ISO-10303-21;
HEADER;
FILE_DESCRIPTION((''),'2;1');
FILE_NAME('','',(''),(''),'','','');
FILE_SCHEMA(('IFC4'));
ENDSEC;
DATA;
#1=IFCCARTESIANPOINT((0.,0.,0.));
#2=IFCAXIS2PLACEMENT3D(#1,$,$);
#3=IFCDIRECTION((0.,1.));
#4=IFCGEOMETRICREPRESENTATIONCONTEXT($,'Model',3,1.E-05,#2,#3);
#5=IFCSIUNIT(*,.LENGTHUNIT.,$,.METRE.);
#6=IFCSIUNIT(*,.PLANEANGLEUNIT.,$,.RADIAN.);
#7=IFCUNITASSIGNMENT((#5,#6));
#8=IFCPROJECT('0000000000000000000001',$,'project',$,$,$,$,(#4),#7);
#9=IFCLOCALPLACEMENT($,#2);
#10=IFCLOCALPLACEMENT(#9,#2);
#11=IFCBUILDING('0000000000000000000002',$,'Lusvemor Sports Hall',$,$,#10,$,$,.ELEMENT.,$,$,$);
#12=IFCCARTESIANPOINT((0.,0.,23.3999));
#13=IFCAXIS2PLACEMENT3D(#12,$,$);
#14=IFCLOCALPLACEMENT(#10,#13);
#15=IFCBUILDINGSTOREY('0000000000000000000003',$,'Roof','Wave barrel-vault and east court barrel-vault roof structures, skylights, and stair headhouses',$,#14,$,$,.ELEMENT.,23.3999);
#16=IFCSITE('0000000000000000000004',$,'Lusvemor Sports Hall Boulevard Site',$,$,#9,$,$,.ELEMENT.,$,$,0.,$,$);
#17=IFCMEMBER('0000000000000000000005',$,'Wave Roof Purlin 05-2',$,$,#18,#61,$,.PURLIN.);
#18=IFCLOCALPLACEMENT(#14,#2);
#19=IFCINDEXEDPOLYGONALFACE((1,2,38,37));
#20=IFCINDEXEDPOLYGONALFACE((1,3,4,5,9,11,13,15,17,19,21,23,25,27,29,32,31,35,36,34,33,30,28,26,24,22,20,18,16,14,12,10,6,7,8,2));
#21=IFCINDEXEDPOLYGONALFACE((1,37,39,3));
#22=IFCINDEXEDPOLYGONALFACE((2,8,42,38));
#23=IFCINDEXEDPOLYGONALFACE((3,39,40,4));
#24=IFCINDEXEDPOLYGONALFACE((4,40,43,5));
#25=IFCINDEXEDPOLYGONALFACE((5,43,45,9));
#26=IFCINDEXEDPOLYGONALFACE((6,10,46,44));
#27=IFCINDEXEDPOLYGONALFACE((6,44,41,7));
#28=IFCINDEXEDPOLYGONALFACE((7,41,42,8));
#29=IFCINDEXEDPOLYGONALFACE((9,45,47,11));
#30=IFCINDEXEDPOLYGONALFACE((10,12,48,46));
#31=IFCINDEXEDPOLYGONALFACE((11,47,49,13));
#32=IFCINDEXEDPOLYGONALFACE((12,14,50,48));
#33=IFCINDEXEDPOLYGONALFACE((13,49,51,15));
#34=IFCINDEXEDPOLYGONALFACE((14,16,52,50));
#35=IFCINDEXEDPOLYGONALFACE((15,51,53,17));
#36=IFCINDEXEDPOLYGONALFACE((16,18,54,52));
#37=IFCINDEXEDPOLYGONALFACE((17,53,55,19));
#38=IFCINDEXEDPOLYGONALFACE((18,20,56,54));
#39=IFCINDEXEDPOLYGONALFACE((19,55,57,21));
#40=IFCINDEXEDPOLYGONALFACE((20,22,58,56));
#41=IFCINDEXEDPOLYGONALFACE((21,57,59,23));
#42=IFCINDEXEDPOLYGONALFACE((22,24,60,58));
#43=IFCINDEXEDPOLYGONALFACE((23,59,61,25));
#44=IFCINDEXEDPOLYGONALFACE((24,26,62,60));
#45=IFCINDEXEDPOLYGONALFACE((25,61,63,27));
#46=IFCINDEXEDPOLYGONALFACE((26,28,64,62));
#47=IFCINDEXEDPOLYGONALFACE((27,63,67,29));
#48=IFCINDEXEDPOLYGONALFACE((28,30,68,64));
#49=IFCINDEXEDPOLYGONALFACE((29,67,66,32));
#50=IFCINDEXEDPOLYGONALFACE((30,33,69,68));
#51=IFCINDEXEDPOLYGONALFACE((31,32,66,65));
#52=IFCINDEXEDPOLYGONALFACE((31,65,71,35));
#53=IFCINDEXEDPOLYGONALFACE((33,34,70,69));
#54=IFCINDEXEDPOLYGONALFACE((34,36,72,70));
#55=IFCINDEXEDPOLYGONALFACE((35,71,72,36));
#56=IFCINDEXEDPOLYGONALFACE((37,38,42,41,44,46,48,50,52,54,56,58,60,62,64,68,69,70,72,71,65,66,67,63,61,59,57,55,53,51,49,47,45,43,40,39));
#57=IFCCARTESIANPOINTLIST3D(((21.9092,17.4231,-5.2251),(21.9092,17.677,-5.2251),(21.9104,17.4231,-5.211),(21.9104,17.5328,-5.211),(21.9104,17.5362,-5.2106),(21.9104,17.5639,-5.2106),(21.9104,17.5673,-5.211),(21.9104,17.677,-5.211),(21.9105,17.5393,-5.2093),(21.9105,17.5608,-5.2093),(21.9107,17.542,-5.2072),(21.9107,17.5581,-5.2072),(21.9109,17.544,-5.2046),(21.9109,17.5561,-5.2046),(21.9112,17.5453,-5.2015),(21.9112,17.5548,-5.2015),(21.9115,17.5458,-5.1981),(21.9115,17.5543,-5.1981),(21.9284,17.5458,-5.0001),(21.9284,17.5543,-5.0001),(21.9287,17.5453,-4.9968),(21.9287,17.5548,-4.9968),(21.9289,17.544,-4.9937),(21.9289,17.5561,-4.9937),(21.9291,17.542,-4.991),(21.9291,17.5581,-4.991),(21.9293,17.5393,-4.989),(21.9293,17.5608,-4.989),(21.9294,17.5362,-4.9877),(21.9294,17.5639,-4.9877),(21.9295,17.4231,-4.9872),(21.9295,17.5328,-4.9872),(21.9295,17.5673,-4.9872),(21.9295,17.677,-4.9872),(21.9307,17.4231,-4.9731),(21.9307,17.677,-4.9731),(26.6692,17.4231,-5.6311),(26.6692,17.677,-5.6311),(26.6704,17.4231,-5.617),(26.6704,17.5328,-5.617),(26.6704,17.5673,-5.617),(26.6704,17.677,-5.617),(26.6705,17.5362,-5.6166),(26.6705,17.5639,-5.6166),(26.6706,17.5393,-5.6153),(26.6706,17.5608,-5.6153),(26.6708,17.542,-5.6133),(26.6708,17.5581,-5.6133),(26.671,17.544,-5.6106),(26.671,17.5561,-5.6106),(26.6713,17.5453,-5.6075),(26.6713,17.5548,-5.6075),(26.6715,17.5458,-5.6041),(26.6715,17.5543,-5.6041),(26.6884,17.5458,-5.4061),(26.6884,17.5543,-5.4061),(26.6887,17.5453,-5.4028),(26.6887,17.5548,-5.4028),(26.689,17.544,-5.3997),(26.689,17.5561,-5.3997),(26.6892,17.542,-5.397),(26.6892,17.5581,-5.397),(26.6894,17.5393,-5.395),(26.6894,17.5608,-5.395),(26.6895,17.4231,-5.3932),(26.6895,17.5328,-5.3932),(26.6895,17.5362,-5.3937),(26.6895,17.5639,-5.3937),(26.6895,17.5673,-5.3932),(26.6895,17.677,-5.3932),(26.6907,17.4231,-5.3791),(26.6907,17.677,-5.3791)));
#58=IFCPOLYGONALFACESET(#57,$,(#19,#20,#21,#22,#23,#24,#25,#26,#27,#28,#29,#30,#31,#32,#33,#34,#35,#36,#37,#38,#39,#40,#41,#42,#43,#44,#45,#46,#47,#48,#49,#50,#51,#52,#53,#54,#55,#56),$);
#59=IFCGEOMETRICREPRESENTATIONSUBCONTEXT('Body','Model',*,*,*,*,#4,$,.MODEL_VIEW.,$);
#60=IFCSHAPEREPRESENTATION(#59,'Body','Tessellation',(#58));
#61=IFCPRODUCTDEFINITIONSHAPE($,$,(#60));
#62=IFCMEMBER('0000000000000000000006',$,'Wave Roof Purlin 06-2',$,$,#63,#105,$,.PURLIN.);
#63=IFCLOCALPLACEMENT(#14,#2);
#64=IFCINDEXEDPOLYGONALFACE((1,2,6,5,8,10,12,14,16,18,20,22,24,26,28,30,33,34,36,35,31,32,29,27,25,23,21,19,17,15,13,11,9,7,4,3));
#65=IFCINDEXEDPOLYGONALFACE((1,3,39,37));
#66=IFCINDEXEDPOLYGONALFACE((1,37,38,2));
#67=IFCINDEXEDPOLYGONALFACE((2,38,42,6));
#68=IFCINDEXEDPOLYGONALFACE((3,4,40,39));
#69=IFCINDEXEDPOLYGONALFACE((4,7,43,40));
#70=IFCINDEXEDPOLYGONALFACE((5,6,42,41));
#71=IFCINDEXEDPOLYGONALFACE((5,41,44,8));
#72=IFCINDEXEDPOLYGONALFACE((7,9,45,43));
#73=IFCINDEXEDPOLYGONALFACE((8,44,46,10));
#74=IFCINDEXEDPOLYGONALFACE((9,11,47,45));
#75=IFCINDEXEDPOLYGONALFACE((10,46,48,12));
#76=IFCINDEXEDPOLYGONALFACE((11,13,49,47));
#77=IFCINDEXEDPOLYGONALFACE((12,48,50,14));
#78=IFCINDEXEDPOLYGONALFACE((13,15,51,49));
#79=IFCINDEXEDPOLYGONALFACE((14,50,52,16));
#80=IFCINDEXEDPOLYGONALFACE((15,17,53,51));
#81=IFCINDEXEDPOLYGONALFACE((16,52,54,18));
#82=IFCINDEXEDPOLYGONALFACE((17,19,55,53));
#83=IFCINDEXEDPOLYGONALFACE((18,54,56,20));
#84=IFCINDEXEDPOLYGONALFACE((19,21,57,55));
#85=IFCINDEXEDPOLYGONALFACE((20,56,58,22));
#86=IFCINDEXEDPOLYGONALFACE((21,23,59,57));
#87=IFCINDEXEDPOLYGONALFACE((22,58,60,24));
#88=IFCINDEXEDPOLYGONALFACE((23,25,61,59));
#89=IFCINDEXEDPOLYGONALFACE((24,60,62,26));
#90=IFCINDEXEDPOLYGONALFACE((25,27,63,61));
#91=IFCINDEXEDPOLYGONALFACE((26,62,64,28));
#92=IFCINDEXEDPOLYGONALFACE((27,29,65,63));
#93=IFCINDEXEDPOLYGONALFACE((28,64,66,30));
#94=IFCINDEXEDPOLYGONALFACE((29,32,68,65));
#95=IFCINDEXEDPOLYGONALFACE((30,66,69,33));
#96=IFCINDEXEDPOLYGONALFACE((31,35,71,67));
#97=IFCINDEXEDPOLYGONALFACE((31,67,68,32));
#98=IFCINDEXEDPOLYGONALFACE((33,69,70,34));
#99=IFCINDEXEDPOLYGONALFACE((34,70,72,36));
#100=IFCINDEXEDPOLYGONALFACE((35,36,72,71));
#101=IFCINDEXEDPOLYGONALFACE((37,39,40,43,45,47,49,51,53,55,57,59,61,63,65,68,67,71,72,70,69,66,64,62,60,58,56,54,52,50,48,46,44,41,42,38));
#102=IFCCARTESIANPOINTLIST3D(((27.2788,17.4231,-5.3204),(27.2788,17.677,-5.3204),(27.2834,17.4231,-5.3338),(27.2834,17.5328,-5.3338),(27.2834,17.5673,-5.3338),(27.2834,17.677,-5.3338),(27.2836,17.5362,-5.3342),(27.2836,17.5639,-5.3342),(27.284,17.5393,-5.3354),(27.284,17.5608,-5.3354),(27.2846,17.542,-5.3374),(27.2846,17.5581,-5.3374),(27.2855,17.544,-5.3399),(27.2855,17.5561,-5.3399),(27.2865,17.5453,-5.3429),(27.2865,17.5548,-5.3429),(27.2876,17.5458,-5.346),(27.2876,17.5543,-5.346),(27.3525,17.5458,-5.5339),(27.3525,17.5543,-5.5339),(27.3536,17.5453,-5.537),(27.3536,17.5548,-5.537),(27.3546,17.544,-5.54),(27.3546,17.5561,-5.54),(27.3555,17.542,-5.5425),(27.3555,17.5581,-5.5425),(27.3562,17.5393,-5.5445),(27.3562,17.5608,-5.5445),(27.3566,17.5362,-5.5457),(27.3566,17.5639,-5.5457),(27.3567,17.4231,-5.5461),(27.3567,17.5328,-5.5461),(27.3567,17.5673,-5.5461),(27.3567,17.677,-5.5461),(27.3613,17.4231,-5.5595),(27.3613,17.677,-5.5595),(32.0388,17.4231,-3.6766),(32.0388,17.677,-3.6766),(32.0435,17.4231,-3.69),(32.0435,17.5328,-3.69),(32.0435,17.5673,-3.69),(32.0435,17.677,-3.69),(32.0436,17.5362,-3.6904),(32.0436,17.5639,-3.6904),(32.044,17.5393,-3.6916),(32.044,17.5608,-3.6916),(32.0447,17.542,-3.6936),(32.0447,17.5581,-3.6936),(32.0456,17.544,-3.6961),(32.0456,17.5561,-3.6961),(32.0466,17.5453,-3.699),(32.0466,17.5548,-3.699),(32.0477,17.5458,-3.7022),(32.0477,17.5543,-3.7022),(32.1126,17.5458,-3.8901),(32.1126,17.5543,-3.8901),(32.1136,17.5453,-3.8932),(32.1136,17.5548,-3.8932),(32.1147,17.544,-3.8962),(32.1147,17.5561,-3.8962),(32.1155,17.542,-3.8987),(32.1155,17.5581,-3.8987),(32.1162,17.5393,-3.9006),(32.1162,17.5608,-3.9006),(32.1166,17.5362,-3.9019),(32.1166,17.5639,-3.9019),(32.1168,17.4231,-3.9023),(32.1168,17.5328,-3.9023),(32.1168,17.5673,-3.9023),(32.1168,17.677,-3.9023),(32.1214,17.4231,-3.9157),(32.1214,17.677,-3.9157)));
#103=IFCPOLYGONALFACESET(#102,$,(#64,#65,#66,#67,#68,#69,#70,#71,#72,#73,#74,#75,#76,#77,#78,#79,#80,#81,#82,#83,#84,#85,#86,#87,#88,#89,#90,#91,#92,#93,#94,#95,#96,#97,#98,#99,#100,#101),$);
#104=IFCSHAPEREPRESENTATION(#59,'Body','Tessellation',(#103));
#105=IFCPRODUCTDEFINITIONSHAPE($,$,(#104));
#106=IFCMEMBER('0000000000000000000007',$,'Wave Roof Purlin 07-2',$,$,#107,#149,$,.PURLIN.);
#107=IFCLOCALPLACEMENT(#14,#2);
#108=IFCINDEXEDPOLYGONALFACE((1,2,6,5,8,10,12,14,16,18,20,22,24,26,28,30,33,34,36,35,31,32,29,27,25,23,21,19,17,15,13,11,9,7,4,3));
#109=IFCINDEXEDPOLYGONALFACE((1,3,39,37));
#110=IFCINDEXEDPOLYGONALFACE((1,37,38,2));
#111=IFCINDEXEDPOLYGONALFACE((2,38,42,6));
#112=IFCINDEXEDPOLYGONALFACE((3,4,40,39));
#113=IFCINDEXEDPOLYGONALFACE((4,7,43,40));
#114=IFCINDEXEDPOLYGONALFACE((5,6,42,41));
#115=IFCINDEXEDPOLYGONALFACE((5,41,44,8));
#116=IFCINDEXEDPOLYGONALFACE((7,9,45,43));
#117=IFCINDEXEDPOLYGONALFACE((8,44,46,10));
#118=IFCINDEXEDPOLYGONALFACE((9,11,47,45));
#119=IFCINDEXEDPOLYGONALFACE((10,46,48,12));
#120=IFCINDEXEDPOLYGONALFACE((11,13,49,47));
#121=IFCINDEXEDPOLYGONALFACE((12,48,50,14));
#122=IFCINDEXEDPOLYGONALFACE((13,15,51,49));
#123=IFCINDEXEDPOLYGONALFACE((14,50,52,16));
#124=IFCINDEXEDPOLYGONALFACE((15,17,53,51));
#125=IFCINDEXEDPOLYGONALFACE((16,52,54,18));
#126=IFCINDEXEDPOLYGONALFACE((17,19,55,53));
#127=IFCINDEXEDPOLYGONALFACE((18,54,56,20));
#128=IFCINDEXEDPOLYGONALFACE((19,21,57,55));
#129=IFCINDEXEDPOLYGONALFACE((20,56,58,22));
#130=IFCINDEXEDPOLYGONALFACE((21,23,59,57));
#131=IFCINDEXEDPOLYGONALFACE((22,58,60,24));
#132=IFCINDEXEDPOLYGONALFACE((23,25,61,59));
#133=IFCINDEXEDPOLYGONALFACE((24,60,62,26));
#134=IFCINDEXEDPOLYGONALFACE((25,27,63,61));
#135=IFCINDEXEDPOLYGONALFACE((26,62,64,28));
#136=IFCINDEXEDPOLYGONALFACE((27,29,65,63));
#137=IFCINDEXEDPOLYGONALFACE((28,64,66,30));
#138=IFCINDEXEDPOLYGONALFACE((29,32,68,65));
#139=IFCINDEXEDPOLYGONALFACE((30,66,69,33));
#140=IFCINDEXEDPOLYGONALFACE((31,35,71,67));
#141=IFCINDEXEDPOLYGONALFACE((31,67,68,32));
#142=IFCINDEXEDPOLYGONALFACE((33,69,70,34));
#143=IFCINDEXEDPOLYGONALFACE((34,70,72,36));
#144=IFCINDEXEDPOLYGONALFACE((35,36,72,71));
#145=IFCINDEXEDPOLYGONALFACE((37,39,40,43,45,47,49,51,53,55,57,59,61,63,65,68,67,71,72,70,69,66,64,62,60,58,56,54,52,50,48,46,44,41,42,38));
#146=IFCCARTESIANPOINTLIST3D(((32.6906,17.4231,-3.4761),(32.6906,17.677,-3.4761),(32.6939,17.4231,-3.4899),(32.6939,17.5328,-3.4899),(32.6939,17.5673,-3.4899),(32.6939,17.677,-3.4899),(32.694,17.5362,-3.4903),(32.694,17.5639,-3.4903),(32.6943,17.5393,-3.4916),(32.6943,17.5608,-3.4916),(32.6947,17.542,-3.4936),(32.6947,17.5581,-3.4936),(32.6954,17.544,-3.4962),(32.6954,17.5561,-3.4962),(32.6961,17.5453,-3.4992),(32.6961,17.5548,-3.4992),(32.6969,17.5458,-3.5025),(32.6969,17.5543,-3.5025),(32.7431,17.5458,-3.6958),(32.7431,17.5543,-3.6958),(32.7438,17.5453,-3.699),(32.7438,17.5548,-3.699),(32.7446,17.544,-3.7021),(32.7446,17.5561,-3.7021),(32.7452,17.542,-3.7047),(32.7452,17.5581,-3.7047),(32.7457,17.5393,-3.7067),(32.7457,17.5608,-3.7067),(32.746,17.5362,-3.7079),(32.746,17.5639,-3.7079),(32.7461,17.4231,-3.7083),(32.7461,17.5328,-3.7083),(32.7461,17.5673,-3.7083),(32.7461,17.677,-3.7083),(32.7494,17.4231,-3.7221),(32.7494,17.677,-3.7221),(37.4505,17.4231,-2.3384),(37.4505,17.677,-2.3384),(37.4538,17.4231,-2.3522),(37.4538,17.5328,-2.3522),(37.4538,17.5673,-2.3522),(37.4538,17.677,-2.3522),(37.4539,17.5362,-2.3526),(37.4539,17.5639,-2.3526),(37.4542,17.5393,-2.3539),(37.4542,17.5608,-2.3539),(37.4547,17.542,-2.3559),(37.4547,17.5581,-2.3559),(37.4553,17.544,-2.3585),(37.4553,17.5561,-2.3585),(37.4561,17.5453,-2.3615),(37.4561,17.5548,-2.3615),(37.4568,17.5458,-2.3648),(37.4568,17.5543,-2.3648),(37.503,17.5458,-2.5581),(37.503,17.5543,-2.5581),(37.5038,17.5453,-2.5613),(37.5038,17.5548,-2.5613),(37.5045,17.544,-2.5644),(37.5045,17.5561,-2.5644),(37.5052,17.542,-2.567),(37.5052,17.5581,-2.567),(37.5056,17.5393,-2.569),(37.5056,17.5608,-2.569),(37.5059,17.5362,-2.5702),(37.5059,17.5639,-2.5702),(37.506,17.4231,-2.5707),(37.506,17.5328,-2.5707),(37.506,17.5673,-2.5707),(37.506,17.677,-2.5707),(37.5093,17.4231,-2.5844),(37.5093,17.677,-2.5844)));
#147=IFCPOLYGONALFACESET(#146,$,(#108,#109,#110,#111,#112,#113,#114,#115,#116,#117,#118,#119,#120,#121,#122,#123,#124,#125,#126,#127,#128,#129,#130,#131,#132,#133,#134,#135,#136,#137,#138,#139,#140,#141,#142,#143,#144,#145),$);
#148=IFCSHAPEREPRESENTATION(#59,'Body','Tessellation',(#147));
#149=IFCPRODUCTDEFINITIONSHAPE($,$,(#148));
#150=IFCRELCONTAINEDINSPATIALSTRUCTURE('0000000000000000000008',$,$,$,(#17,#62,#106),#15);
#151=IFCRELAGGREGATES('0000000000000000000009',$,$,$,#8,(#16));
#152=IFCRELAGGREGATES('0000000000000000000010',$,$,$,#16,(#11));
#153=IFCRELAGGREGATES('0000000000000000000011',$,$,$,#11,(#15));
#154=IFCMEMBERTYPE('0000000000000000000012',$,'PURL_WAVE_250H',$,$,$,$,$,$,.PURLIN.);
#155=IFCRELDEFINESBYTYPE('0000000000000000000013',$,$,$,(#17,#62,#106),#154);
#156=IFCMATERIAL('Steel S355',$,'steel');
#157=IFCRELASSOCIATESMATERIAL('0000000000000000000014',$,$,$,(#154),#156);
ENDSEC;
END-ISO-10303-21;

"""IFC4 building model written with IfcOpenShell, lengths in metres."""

from ifc_helpers import new_model, si_unit, direction, frame, origin, origin_2d, place, context, subcontext, project, spatial, i_section, extrude, material, material_profile, profile_set, type_object, element, save


model = new_model("IFC4")

# Units and contexts
model_context = context("Model", 3, precision=1e-05, world=origin(), true_north=direction((0.0, 1.0)))
body_context = subcontext(model_context, "Body", "Model", "MODEL_VIEW")
ifc_project = project(units=[si_unit("LENGTHUNIT", "METRE"), si_unit("PLANEANGLEUNIT", "RADIAN")], contexts=[model_context])

# Site, building, storey
site_placement = place(None, origin())
site = spatial("IfcSite", under=ifc_project, at=site_placement, Name="Lusvemor Sports Hall Boulevard Site", CompositionType="ELEMENT", RefElevation=0.0)
building_placement = place(site_placement, origin())
building = spatial("IfcBuilding", under=site, at=building_placement, Name="Lusvemor Sports Hall", CompositionType="ELEMENT")
storey_placement = place(building_placement, frame((0.0, 0.0, 23.3999)))
storey = spatial("IfcBuildingStorey", under=building, at=storey_placement, Name="Roof", Description="Wave barrel-vault and east court barrel-vault roof structures, skylights, and stair headhouses", CompositionType="ELEMENT", Elevation=23.3999)

# Members
ifc_material_1 = material(Name="Steel S355", Category="steel")
ifc_material_profile_1 = material_profile(ifc_material_1, i_section(OverallWidth=0.2539, OverallDepth=0.2529, WebThickness=0.0085, FlangeThickness=0.0142, FilletRadius=0.0129, at=origin_2d()), Name="W250x73.0")
ifc_profile_set_1 = profile_set([ifc_material_profile_1], Name="Steel S355")
member_type_1 = type_object("IfcMemberType", Name="PURL_WAVE_250H", PredefinedType="PURLIN", material=ifc_profile_set_1)
member_1_placement = place(storey_placement, frame((21.9199, 17.55, -5.0991), z_axis=(0.996382, 0.0, -0.084987), x_axis=(0.0, 1.0, 0.0)))
element("IfcMember", 1, at=member_1_placement, inside=storey, type_object=member_type_1, Name="Wave Roof Purlin 05-2", PredefinedType="PURLIN", context=body_context, shape_type="SweptSolid", body=[
    extrude(i_section(OverallWidth=0.2539, OverallDepth=0.2529, WebThickness=0.0085, FlangeThickness=0.0142, FilletRadius=0.0129, at=origin_2d()), origin(), (0.0, 0.0, 1.0), 4.7773),
])
member_2_placement = place(storey_placement, frame((27.3201, 17.55, -5.4399), z_axis=(0.945225, 0.0, 0.326419), x_axis=(0.0, 1.0, 0.0)))
element("IfcMember", 2, at=member_2_placement, inside=storey, type_object=member_type_1, Name="Wave Roof Purlin 06-2", PredefinedType="PURLIN", context=body_context, shape_type="SweptSolid", body=[
    extrude(i_section(OverallWidth=0.2539, OverallDepth=0.2529, WebThickness=0.0085, FlangeThickness=0.0142, FilletRadius=0.0129, at=origin_2d()), origin(), (0.0, 0.0, 1.0), 5.0359),
])
member_3_placement = place(storey_placement, frame((32.72, 17.55, -3.5991), z_axis=(0.972605, 0.0, 0.232463), x_axis=(0.0, 1.0, 0.0)))
element("IfcMember", 3, at=member_3_placement, inside=storey, type_object=member_type_1, Name="Wave Roof Purlin 07-2", PredefinedType="PURLIN", context=body_context, shape_type="SweptSolid", body=[
    extrude(i_section(OverallWidth=0.2539, OverallDepth=0.2529, WebThickness=0.0085, FlangeThickness=0.0142, FilletRadius=0.0129, at=origin_2d()), origin(), (0.0, 0.0, 1.0), 4.894),
])

save(model, "model.ifc")
